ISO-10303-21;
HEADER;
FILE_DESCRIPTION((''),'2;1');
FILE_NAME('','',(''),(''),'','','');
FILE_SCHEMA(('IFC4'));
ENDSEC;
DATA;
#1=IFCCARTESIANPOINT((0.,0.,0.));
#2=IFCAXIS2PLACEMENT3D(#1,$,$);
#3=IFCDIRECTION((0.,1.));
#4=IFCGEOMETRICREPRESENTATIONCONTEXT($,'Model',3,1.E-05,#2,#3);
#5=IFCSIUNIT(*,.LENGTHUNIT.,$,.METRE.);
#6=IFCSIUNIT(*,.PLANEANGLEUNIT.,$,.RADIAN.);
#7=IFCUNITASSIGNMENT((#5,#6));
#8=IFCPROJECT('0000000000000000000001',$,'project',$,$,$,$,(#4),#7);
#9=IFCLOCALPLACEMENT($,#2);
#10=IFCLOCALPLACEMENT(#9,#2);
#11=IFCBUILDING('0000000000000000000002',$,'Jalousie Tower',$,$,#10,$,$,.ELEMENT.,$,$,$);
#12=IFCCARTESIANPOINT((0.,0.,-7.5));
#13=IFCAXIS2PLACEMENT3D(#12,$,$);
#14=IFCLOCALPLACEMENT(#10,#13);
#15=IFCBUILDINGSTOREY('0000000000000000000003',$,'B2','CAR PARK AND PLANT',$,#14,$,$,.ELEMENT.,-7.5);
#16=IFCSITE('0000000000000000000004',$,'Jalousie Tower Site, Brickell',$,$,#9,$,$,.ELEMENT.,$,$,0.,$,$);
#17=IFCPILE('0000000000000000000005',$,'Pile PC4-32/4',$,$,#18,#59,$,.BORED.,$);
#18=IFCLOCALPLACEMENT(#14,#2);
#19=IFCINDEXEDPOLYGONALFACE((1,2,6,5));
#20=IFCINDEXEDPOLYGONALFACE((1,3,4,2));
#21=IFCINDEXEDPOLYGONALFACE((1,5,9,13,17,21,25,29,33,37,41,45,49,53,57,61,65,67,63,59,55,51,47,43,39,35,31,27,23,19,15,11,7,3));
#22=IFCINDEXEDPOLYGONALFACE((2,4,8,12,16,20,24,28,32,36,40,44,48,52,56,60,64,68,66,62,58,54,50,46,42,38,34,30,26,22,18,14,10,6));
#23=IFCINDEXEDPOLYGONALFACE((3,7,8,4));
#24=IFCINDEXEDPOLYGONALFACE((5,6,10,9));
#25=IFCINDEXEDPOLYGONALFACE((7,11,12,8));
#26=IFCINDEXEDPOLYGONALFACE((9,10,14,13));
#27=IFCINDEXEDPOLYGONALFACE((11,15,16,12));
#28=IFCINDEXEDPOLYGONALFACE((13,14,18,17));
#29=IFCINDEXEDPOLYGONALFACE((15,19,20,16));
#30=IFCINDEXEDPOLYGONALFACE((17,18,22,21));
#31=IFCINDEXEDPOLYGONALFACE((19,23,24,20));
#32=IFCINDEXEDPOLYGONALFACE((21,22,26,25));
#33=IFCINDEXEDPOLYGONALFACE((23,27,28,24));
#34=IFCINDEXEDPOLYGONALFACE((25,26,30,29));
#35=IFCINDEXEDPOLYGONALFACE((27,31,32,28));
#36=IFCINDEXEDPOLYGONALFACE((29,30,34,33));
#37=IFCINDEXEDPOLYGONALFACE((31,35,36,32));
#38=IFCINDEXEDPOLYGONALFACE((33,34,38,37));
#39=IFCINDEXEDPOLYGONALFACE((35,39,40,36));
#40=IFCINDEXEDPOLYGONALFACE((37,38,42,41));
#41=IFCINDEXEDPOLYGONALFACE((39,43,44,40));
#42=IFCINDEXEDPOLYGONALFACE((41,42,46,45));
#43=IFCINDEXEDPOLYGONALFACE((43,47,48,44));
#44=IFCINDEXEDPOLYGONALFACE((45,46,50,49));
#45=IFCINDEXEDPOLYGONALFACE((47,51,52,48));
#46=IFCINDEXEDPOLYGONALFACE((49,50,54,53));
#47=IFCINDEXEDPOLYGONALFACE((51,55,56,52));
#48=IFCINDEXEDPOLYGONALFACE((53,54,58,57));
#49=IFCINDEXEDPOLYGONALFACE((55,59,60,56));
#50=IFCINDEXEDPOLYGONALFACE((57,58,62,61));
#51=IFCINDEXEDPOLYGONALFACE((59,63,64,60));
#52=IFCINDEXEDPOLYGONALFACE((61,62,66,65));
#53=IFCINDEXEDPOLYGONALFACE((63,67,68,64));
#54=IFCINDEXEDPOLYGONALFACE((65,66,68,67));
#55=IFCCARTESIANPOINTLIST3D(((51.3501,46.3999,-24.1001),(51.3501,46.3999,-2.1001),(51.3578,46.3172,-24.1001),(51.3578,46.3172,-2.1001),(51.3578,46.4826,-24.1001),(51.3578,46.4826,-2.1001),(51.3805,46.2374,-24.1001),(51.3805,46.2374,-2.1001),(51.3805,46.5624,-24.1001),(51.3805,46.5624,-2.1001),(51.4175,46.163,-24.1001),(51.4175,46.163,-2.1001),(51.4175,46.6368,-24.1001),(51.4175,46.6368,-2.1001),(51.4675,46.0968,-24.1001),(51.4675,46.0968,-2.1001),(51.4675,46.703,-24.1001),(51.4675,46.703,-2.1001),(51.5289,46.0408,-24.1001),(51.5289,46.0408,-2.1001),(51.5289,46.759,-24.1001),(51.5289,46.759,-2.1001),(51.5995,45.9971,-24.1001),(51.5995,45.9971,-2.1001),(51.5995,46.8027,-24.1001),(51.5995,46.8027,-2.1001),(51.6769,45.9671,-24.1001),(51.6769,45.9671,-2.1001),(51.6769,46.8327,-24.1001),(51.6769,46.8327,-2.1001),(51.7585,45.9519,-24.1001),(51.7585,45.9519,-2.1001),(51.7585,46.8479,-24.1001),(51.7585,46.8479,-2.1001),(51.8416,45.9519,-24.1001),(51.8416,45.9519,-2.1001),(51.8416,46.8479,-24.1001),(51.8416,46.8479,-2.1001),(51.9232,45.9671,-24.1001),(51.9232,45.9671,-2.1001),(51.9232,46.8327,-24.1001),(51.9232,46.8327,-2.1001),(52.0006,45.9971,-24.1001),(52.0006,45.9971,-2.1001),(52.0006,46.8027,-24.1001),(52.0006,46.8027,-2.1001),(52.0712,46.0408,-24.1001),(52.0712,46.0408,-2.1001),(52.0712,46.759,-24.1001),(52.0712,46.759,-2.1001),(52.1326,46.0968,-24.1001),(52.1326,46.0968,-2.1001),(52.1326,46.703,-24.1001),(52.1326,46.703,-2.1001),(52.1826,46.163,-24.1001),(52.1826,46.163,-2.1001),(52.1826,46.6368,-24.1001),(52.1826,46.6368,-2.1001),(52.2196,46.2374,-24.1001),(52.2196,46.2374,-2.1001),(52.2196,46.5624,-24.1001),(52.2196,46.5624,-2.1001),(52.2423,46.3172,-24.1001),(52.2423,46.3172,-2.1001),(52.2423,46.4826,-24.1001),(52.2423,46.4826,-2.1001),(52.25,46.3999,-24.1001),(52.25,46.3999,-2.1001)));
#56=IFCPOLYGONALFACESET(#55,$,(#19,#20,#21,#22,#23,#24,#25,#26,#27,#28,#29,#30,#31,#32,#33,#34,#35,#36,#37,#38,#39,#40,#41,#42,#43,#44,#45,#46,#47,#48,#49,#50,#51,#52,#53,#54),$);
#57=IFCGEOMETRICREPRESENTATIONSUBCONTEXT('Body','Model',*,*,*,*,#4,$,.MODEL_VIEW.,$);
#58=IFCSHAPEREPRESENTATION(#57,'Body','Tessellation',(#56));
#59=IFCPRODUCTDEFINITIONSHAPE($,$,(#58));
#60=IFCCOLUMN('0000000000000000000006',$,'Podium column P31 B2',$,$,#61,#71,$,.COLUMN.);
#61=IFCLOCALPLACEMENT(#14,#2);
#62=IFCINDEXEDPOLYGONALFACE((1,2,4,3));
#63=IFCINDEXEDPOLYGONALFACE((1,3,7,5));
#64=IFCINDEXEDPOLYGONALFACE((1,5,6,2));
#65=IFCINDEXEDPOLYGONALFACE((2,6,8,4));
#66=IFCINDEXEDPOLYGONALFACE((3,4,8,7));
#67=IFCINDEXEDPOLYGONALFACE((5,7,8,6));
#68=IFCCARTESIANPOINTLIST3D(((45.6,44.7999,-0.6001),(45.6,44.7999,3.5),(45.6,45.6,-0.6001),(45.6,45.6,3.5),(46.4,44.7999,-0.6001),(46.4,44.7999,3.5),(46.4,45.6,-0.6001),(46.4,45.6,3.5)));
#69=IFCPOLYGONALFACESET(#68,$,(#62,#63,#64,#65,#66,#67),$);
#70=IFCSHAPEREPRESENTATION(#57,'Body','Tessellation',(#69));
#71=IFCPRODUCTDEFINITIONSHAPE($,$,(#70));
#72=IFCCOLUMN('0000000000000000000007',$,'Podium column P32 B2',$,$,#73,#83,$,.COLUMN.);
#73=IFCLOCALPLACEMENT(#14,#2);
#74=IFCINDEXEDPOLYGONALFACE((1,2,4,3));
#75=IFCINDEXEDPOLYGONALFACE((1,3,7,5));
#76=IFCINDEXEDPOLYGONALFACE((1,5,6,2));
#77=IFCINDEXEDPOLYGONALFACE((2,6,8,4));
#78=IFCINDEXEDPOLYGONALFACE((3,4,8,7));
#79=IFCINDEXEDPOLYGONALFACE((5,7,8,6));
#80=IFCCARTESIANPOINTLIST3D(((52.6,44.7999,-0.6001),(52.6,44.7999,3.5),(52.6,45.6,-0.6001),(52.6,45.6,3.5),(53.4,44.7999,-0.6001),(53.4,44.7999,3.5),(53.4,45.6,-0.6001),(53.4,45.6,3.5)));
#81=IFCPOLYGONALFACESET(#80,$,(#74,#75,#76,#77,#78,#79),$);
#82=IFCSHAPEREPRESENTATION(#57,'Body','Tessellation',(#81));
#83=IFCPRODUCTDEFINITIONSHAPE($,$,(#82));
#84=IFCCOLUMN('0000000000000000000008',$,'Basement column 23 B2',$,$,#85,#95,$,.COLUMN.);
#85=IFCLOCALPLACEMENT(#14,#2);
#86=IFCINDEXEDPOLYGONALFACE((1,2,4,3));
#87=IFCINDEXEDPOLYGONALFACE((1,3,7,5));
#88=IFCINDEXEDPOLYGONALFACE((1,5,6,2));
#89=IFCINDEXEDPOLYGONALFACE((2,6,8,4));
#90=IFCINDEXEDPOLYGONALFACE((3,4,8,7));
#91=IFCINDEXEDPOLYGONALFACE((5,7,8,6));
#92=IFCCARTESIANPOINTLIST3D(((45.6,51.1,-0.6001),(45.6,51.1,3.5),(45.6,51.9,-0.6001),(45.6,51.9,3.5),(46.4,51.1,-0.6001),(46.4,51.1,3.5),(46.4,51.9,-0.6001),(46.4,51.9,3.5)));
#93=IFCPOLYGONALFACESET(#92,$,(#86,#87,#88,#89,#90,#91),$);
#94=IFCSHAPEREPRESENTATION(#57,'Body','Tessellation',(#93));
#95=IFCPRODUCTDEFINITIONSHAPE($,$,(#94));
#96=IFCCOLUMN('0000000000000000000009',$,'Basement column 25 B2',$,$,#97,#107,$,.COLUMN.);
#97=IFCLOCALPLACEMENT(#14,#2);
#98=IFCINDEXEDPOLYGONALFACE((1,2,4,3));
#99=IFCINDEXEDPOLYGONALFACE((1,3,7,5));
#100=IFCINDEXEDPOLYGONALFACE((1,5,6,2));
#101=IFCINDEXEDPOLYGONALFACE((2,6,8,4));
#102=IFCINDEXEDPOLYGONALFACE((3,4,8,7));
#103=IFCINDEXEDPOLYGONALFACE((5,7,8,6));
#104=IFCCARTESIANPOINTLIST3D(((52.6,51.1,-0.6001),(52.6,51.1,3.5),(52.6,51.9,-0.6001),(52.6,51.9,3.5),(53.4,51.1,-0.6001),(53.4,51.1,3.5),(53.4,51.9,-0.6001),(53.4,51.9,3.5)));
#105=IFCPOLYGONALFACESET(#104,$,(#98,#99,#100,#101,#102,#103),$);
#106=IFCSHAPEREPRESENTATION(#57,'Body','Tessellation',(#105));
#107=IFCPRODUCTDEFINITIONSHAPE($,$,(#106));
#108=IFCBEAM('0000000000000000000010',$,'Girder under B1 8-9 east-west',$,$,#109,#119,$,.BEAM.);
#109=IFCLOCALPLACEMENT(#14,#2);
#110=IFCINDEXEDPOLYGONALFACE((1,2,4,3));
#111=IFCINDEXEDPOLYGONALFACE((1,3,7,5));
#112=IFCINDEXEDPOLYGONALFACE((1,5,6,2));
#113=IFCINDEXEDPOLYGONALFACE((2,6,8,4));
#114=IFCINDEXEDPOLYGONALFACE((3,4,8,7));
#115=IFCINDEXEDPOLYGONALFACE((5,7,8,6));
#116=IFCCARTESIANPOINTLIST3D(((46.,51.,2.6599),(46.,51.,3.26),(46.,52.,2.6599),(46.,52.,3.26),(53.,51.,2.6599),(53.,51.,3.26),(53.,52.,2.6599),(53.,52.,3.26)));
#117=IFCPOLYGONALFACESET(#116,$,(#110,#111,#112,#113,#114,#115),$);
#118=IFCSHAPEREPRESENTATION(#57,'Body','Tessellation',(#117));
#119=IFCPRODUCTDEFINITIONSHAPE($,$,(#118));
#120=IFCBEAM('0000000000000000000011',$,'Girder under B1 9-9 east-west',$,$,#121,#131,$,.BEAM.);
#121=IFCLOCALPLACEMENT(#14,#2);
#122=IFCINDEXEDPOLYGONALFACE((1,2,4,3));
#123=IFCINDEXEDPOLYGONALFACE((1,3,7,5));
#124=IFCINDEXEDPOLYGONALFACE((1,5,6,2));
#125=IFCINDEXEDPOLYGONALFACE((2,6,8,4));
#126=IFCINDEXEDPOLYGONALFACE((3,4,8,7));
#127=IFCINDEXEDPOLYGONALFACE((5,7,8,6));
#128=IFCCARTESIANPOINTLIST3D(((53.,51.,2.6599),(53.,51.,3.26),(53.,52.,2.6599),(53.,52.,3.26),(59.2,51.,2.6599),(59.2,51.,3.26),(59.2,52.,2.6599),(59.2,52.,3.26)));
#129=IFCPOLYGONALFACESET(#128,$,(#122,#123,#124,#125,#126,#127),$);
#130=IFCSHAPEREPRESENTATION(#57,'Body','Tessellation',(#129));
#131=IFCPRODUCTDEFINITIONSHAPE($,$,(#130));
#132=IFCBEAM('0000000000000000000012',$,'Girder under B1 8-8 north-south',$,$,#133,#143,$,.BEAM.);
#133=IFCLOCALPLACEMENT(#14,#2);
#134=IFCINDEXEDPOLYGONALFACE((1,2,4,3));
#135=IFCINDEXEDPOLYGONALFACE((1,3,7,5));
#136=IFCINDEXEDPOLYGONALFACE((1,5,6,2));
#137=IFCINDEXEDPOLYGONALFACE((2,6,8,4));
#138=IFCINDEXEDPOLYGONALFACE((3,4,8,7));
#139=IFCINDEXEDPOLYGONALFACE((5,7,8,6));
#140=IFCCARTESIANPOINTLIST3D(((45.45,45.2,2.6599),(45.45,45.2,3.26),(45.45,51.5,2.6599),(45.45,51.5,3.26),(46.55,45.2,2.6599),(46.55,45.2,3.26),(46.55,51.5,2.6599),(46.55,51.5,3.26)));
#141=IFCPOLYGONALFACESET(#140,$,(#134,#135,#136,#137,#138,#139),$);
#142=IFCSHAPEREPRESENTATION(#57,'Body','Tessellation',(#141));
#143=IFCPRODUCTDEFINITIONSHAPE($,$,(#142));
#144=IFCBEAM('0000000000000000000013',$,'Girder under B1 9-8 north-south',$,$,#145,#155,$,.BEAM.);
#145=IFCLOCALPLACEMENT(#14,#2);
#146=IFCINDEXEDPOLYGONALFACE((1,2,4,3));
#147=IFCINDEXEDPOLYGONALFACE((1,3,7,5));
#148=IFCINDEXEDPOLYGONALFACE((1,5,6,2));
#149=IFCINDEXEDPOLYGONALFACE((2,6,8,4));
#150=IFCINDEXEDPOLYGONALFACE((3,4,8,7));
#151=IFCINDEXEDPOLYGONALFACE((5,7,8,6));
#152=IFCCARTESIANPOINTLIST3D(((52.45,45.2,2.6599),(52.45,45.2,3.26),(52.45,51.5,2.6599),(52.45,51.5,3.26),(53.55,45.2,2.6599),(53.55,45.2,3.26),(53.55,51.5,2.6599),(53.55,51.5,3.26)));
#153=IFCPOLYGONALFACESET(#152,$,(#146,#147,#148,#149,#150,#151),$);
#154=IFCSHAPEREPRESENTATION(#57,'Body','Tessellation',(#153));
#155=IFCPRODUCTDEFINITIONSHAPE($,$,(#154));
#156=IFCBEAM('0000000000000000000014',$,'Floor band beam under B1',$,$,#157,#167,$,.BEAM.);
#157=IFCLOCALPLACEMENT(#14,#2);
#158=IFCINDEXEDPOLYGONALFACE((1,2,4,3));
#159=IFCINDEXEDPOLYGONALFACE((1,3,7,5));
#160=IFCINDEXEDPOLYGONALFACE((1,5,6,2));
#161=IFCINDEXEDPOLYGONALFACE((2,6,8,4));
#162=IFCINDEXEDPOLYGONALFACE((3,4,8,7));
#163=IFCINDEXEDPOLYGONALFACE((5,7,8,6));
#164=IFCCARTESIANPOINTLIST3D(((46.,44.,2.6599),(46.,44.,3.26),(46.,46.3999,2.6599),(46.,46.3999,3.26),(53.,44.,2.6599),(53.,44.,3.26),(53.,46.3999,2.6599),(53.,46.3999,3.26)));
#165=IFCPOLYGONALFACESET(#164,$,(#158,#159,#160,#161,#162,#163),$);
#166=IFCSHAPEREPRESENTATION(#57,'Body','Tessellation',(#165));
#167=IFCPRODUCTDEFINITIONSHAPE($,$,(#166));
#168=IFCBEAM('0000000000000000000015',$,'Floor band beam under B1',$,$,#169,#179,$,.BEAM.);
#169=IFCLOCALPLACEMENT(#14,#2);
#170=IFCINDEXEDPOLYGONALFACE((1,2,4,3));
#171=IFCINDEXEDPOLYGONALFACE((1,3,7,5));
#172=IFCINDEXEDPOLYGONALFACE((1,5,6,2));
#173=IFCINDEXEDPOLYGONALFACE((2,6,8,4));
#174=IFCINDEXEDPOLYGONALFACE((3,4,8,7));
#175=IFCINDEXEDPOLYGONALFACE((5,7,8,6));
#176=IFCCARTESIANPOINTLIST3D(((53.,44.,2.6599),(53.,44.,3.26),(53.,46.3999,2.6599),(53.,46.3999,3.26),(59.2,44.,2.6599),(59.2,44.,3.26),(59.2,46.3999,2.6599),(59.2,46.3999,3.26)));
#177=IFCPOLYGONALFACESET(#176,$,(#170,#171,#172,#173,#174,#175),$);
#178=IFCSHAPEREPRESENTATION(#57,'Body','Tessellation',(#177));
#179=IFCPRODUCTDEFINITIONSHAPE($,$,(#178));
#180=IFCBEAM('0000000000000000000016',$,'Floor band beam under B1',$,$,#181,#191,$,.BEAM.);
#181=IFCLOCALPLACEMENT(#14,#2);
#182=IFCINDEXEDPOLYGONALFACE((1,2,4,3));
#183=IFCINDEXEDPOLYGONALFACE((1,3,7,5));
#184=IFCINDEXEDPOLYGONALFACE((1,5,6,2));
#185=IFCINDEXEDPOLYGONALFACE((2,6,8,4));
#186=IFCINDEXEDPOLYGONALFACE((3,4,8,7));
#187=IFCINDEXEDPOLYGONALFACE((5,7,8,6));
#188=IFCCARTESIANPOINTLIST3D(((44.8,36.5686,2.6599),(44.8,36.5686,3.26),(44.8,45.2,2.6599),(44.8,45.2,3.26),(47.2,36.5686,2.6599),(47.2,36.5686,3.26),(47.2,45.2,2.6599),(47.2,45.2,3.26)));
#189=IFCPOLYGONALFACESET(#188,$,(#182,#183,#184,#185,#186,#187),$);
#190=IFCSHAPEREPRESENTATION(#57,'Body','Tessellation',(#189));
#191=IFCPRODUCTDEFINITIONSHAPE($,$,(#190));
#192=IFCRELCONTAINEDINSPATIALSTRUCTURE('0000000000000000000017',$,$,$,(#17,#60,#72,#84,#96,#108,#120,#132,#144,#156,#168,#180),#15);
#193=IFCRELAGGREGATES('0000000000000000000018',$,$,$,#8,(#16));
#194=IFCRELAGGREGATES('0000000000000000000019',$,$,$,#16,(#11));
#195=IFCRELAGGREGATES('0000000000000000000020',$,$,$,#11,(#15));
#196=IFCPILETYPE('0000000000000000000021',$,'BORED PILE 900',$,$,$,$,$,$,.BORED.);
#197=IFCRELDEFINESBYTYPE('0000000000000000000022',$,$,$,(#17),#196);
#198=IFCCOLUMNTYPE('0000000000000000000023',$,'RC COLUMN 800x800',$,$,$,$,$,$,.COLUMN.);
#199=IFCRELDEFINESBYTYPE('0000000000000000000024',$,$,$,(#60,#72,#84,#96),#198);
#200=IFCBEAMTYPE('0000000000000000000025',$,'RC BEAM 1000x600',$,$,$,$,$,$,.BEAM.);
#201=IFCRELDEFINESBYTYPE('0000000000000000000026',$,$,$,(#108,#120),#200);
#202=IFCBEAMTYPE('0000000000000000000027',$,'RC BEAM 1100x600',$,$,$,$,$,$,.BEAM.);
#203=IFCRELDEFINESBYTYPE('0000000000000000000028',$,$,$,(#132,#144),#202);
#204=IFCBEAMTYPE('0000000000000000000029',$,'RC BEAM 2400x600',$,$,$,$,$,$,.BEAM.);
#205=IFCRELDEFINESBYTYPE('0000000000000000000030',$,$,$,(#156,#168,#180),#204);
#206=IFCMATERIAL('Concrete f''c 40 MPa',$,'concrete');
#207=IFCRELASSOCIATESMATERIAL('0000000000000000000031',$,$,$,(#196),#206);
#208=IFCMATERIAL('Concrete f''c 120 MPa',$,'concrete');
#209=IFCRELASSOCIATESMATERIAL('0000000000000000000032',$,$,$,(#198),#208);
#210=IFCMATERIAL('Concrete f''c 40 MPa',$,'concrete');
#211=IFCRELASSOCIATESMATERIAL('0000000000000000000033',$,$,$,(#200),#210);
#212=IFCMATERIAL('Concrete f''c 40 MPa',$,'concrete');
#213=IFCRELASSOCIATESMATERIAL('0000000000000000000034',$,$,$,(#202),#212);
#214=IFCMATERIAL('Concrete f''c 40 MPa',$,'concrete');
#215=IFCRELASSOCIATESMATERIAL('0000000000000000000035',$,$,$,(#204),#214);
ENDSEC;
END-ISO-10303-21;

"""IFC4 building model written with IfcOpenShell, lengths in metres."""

from ifc_helpers import new_model, si_unit, direction, frame, origin, origin_2d, place, context, subcontext, project, spatial, rectangle, circle, extrude, material, material_profile, profile_set, type_object, element, save


model = new_model("IFC4")

# Units and contexts
model_context = context("Model", 3, precision=1e-05, world=origin(), true_north=direction((0.0, 1.0)))
body_context = subcontext(model_context, "Body", "Model", "MODEL_VIEW")
ifc_project = project(units=[si_unit("LENGTHUNIT", "METRE"), si_unit("PLANEANGLEUNIT", "RADIAN")], contexts=[model_context])

# Site, building, storey
site_placement = place(None, origin())
site = spatial("IfcSite", under=ifc_project, at=site_placement, Name="Jalousie Tower Site, Brickell", CompositionType="ELEMENT", RefElevation=0.0)
building_placement = place(site_placement, origin())
building = spatial("IfcBuilding", under=site, at=building_placement, Name="Jalousie Tower", CompositionType="ELEMENT")
storey_placement = place(building_placement, frame((0.0, 0.0, -7.5)))
storey = spatial("IfcBuildingStorey", under=building, at=storey_placement, Name="B2", Description="CAR PARK AND PLANT", CompositionType="ELEMENT", Elevation=-7.5)

# Pile
ifc_material_1 = material(Name="Concrete f'c 40 MPa", Category="concrete")
ifc_material_profile_1 = material_profile(ifc_material_1, circle(Radius=0.45, at=origin_2d()), Name="BORED PILE D900")
ifc_profile_set_1 = profile_set([ifc_material_profile_1], Name="Concrete f'c 40 MPa")
pile_type_1 = type_object("IfcPileType", Name="BORED PILE 900", PredefinedType="BORED", material=ifc_profile_set_1)
for number, where, z_axis, x_axis, name in (
    (1, (51.8, 46.3999, -2.1001), (0.0, 0.0, -1.0), (1.0, 0.0, 0.0), "Pile PC4-32/4"),
):
    element("IfcPile", number, at=place(storey_placement, frame(where, z_axis=z_axis, x_axis=x_axis)), inside=storey, type_object=pile_type_1, Name=name, PredefinedType="BORED", context=body_context, shape_type="SweptSolid", body=[
        extrude(circle(Radius=0.45, at=origin_2d()), origin(), (0.0, 0.0, 1.0), 22.0),
    ])

# Columns
ifc_material_2 = material(Name="Concrete f'c 120 MPa", Category="concrete")
ifc_material_profile_2 = material_profile(ifc_material_2, rectangle(XDim=0.8, YDim=0.8, at=origin_2d()), Name="RC 800x800")
ifc_profile_set_2 = profile_set([ifc_material_profile_2], Name="Concrete f'c 120 MPa")
column_type = type_object("IfcColumnType", Name="RC COLUMN 800x800", PredefinedType="COLUMN", material=ifc_profile_set_2)
for number, where, z_axis, x_axis, name in (
    (2, (46.0, 45.2, -0.6001), (0.0, 0.0, 1.0), (1.0, 0.0, 0.0), "Podium column P31 B2"),
    (3, (53.0, 45.2, -0.6001), (0.0, 0.0, 1.0), (1.0, 0.0, 0.0), "Podium column P32 B2"),
    (4, (46.0, 51.5, -0.6001), (0.0, 0.0, 1.0), (1.0, 0.0, 0.0), "Basement column 23 B2"),
    (5, (53.0, 51.5, -0.6001), (0.0, 0.0, 1.0), (1.0, 0.0, 0.0), "Basement column 25 B2"),
):
    element("IfcColumn", number, at=place(storey_placement, frame(where, z_axis=z_axis, x_axis=x_axis)), inside=storey, type_object=column_type, Name=name, PredefinedType="COLUMN", context=body_context, shape_type="SweptSolid", body=[
        extrude(rectangle(XDim=0.8, YDim=0.8, at=origin_2d()), origin(), (0.0, 0.0, 1.0), 4.1001),
    ])

# Beams
ifc_material_3 = material(Name="Concrete f'c 40 MPa", Category="concrete")
ifc_material_profile_3 = material_profile(ifc_material_3, rectangle(XDim=1.0, YDim=0.6001, at=origin_2d()), Name="RC 1000x600")
ifc_profile_set_3 = profile_set([ifc_material_profile_3], Name="Concrete f'c 40 MPa")
beam_type_1 = type_object("IfcBeamType", Name="RC BEAM 1000x600", PredefinedType="BEAM", material=ifc_profile_set_3)
beam_1_placement = place(storey_placement, frame((46.0, 51.5, 2.96), z_axis=(1.0, 0.0, 0.0), x_axis=(0.0, 1.0, 0.0)))
element("IfcBeam", 6, at=beam_1_placement, inside=storey, type_object=beam_type_1, Name="Girder under B1 8-9 east-west", PredefinedType="BEAM", context=body_context, shape_type="SweptSolid", body=[
    extrude(rectangle(XDim=1.0, YDim=0.6001, at=origin_2d()), origin(), (0.0, 0.0, 1.0), 7.0),
])
beam_2_placement = place(storey_placement, frame((53.0, 51.5, 2.96), z_axis=(1.0, 0.0, 0.0), x_axis=(0.0, 1.0, 0.0)))
element("IfcBeam", 7, at=beam_2_placement, inside=storey, type_object=beam_type_1, Name="Girder under B1 9-9 east-west", PredefinedType="BEAM", context=body_context, shape_type="SweptSolid", body=[
    extrude(rectangle(XDim=1.0, YDim=0.6001, at=origin_2d()), origin(), (0.0, 0.0, 1.0), 6.2),
])
ifc_material_4 = material(Name="Concrete f'c 40 MPa", Category="concrete")
ifc_material_profile_4 = material_profile(ifc_material_4, rectangle(XDim=1.1001, YDim=0.6001, at=origin_2d()), Name="RC 1100x600")
ifc_profile_set_4 = profile_set([ifc_material_profile_4], Name="Concrete f'c 40 MPa")
beam_type_2 = type_object("IfcBeamType", Name="RC BEAM 1100x600", PredefinedType="BEAM", material=ifc_profile_set_4)
for number, where, z_axis, x_axis, name in (
    (8, (46.0, 45.2, 2.96), (0.0, 1.0, 0.0), (-1.0, 0.0, 0.0), "Girder under B1 8-8 north-south"),
    (9, (53.0, 45.2, 2.96), (0.0, 1.0, 0.0), (-1.0, 0.0, 0.0), "Girder under B1 9-8 north-south"),
):
    element("IfcBeam", number, at=place(storey_placement, frame(where, z_axis=z_axis, x_axis=x_axis)), inside=storey, type_object=beam_type_2, Name=name, PredefinedType="BEAM", context=body_context, shape_type="SweptSolid", body=[
        extrude(rectangle(XDim=1.1001, YDim=0.6001, at=origin_2d()), origin(), (0.0, 0.0, 1.0), 6.3),
    ])
ifc_material_5 = material(Name="Concrete f'c 40 MPa", Category="concrete")
ifc_material_profile_5 = material_profile(ifc_material_5, rectangle(XDim=2.3999, YDim=0.6001, at=origin_2d()), Name="RC 2400x600")
ifc_profile_set_5 = profile_set([ifc_material_profile_5], Name="Concrete f'c 40 MPa")
beam_type_3 = type_object("IfcBeamType", Name="RC BEAM 2400x600", PredefinedType="BEAM", material=ifc_profile_set_5)
beam_3_placement = place(storey_placement, frame((46.0, 45.2, 2.96), z_axis=(1.0, 0.0, 0.0), x_axis=(0.0, 1.0, 0.0)))
element("IfcBeam", 10, at=beam_3_placement, inside=storey, type_object=beam_type_3, Name="Floor band beam under B1", PredefinedType="BEAM", context=body_context, shape_type="SweptSolid", body=[
    extrude(rectangle(XDim=2.3999, YDim=0.6001, at=origin_2d()), origin(), (0.0, 0.0, 1.0), 7.0),
])
beam_4_placement = place(storey_placement, frame((53.0, 45.2, 2.96), z_axis=(1.0, 0.0, 0.0), x_axis=(0.0, 1.0, 0.0)))
element("IfcBeam", 11, at=beam_4_placement, inside=storey, type_object=beam_type_3, Name="Floor band beam under B1", PredefinedType="BEAM", context=body_context, shape_type="SweptSolid", body=[
    extrude(rectangle(XDim=2.3999, YDim=0.6001, at=origin_2d()), origin(), (0.0, 0.0, 1.0), 6.2),
])
beam_5_placement = place(storey_placement, frame((46.0, 45.2, 2.96), z_axis=(0.0, -1.0, 0.0), x_axis=(1.0, 0.0, 0.0)))
element("IfcBeam", 12, at=beam_5_placement, inside=storey, type_object=beam_type_3, Name="Floor band beam under B1", PredefinedType="BEAM", context=body_context, shape_type="SweptSolid", body=[
    extrude(rectangle(XDim=2.3999, YDim=0.6001, at=origin_2d()), origin(), (0.0, 0.0, 1.0), 8.6313),
])

save(model, "model.ifc")
